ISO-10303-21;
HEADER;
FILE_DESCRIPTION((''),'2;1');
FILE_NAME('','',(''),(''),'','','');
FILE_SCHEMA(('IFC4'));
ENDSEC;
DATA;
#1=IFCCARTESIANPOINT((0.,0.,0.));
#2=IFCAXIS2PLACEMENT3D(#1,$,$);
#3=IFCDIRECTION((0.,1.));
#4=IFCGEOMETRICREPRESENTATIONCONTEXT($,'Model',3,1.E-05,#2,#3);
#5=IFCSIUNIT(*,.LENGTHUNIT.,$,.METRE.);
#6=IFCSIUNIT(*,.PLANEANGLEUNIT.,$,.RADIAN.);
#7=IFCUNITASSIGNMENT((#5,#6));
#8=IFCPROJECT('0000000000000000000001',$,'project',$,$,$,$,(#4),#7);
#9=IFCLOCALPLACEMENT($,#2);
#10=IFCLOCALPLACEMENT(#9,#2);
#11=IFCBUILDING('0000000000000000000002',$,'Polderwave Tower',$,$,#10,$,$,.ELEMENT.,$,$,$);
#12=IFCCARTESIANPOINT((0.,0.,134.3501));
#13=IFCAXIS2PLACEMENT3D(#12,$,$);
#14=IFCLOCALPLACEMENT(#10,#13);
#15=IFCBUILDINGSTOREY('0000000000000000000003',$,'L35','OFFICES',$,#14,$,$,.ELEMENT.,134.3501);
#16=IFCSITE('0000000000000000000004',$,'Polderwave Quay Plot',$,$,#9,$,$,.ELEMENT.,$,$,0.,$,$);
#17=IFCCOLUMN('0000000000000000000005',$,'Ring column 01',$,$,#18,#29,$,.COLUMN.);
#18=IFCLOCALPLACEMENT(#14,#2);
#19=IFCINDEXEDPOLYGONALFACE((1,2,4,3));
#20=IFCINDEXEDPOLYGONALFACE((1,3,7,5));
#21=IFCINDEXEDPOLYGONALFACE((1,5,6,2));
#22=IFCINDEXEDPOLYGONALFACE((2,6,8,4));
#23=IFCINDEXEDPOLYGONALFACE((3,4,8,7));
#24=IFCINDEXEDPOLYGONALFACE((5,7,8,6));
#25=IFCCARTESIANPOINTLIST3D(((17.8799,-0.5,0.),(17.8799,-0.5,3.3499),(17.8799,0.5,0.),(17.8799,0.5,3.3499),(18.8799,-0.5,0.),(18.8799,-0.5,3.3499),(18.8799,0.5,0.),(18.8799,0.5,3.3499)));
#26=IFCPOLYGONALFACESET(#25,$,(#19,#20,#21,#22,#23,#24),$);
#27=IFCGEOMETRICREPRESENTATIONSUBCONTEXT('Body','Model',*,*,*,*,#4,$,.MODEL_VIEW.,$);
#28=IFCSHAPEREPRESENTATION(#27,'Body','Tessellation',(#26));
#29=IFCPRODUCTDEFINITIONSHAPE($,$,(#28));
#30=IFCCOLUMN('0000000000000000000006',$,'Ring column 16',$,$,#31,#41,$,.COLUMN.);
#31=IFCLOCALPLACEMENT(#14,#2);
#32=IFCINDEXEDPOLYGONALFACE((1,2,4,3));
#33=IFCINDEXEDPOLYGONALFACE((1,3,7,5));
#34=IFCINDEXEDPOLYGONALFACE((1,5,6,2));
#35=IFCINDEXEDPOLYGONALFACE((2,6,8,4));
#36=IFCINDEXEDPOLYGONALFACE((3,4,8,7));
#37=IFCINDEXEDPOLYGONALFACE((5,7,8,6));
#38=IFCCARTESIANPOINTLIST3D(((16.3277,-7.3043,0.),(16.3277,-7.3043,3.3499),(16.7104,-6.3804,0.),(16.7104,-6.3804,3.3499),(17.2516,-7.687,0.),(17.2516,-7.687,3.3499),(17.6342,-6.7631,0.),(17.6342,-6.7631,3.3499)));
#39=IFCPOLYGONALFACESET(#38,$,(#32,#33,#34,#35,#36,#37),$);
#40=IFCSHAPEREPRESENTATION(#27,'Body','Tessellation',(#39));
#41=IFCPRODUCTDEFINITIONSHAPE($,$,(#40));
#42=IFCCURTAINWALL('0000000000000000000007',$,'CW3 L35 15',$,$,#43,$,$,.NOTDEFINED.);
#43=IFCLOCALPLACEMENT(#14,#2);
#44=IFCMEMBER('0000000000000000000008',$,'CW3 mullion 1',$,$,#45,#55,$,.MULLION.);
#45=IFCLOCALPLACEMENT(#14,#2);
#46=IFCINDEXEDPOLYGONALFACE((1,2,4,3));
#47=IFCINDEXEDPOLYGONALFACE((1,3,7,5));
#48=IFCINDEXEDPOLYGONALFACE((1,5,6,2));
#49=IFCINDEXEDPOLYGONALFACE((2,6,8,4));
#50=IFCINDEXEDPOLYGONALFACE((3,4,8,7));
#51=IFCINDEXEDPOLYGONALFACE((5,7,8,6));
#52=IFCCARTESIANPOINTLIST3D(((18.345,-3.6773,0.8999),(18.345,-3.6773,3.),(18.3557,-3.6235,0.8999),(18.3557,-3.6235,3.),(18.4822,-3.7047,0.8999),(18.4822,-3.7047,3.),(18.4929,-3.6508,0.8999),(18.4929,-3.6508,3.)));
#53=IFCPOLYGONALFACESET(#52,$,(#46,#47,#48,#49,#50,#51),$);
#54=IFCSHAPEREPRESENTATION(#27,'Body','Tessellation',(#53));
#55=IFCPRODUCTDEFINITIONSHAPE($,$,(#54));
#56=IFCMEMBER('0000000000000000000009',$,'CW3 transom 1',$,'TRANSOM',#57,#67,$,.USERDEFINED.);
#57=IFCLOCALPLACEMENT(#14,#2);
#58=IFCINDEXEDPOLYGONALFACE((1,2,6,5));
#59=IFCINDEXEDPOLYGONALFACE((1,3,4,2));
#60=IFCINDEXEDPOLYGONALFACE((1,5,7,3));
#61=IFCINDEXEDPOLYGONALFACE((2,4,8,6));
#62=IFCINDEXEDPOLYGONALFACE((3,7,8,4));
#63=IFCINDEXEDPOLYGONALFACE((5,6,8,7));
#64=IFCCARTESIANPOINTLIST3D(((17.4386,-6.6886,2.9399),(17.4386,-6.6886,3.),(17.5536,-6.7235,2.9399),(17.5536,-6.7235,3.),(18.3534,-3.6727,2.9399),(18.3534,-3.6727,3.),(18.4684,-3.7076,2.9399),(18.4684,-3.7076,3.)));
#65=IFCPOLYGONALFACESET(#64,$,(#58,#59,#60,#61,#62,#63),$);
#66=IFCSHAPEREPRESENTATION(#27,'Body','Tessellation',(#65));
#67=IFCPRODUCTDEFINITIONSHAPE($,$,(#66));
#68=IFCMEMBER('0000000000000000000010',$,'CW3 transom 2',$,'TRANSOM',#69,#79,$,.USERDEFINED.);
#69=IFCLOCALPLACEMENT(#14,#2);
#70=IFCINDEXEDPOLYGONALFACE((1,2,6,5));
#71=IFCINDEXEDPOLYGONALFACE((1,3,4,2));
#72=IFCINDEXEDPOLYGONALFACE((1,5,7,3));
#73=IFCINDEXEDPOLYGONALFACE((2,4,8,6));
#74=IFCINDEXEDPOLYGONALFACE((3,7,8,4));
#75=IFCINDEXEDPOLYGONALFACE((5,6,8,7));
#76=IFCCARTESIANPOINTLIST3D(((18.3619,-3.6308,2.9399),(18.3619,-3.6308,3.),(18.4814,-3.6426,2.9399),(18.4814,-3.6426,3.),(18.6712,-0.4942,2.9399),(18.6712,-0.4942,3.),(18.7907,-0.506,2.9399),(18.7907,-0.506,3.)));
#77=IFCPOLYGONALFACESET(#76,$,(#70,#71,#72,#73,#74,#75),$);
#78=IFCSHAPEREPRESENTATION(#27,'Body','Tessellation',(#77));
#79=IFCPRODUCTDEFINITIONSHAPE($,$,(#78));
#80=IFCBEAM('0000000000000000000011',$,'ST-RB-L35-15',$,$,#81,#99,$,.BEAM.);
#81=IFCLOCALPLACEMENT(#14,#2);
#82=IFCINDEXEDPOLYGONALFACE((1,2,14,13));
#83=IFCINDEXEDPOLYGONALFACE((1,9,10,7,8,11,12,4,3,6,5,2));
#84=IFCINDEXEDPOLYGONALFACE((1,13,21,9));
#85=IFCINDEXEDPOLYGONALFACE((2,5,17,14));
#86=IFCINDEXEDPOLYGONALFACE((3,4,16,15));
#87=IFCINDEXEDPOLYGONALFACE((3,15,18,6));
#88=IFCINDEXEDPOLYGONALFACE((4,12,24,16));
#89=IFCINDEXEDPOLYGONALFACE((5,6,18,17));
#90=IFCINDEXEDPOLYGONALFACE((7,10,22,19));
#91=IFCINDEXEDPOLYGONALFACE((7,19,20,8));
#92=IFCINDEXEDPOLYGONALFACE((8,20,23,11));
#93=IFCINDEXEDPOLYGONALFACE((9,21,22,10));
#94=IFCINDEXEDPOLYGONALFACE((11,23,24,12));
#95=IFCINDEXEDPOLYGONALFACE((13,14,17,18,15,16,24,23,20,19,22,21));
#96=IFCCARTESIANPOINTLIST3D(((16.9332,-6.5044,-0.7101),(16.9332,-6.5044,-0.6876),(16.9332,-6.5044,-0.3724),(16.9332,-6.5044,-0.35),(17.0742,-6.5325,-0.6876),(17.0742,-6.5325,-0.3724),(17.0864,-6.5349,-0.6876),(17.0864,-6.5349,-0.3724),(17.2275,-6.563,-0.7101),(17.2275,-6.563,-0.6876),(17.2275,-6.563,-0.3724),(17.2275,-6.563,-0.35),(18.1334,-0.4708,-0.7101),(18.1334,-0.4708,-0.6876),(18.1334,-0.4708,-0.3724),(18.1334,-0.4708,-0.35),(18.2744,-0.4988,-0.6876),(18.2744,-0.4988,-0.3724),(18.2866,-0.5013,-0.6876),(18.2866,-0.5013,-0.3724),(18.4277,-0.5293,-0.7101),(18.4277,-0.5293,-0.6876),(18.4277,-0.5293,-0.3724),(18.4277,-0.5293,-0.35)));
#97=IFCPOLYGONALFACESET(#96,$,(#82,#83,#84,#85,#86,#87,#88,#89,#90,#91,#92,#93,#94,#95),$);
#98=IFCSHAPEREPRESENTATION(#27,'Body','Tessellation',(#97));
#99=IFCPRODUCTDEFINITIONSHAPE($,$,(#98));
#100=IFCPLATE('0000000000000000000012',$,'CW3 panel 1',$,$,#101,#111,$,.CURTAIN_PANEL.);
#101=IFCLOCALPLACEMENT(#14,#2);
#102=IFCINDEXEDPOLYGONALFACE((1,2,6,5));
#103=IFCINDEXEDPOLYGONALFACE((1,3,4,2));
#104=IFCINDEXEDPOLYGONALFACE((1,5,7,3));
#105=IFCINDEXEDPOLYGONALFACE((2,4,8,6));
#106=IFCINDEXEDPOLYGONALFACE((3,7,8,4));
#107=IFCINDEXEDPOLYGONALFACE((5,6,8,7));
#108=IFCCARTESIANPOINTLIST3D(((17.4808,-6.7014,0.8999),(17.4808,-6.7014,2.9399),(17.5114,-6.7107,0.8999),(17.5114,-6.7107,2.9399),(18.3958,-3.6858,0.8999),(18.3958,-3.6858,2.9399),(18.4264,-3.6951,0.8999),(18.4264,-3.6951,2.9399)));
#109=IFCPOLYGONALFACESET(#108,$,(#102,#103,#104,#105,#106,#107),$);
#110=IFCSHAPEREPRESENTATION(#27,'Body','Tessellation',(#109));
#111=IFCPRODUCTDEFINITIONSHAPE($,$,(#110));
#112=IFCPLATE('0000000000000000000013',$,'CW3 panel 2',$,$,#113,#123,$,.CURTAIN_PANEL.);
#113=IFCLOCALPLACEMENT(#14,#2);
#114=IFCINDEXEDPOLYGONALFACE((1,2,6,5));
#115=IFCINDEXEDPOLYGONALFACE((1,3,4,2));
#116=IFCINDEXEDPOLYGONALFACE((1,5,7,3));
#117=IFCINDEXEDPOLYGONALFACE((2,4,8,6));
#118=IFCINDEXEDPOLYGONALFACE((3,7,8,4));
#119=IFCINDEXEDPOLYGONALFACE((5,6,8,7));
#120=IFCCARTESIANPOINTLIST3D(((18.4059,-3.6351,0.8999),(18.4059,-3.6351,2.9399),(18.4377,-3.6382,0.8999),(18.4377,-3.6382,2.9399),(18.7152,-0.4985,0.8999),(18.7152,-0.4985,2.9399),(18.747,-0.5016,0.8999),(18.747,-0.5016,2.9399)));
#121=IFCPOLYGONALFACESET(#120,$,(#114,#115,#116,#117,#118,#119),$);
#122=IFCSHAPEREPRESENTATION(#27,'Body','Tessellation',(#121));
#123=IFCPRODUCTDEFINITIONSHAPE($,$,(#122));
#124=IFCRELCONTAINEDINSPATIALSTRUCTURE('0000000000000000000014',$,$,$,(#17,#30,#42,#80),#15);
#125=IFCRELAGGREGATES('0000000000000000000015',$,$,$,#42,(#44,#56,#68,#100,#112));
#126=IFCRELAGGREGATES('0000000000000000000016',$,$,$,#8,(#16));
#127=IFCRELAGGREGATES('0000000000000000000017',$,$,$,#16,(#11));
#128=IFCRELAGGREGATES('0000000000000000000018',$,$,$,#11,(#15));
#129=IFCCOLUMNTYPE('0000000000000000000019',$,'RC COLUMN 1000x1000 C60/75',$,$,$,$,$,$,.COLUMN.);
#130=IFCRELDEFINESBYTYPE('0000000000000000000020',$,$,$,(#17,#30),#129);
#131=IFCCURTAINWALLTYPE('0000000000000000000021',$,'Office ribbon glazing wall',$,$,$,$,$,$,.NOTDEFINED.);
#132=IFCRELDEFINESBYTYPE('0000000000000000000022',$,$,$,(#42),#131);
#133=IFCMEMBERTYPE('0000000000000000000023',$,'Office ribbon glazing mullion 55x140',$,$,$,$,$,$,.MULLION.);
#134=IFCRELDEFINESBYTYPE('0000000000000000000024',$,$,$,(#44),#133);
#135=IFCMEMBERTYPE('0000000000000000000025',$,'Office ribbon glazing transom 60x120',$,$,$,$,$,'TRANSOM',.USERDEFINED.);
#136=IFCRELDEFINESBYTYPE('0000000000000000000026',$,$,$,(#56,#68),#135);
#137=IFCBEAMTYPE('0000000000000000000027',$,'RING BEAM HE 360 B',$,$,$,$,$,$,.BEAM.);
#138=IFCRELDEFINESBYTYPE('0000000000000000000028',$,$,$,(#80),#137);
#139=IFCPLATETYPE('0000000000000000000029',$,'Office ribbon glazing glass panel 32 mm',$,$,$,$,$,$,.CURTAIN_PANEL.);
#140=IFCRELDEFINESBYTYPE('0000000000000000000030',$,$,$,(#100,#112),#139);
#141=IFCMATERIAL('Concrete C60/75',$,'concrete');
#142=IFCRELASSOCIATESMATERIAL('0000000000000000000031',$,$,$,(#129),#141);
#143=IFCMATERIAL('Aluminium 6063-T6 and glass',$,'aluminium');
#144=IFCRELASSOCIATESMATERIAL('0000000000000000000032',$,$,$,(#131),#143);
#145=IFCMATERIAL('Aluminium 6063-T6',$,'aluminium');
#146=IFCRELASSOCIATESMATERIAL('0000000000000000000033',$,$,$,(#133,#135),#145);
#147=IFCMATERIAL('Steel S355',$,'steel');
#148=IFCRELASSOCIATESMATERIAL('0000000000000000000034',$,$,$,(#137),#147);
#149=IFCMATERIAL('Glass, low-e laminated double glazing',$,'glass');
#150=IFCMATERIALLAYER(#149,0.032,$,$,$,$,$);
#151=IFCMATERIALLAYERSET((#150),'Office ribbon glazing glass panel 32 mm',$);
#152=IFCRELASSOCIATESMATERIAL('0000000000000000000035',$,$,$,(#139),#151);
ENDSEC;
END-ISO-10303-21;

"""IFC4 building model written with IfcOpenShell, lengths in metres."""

from ifc_helpers import new_model, si_unit, direction, frame, origin, origin_2d, place, context, subcontext, project, spatial, rectangle, i_section, extrude, material, layer, layer_set, material_profile, profile_set, type_object, element, aggregate, save


model = new_model("IFC4")

# Units and contexts
model_context = context("Model", 3, precision=1e-05, world=origin(), true_north=direction((0.0, 1.0)))
body_context = subcontext(model_context, "Body", "Model", "MODEL_VIEW")
ifc_project = project(units=[si_unit("LENGTHUNIT", "METRE"), si_unit("PLANEANGLEUNIT", "RADIAN")], contexts=[model_context])

# Site, building, storey
site_placement = place(None, origin())
site = spatial("IfcSite", under=ifc_project, at=site_placement, Name="Polderwave Quay Plot", CompositionType="ELEMENT", RefElevation=0.0)
building_placement = place(site_placement, origin())
building = spatial("IfcBuilding", under=site, at=building_placement, Name="Polderwave Tower", CompositionType="ELEMENT")
storey_placement = place(building_placement, frame((0.0, 0.0, 134.3501)))
storey = spatial("IfcBuildingStorey", under=building, at=storey_placement, Name="L35", Description="OFFICES", CompositionType="ELEMENT", Elevation=134.3501)

# Columns
ifc_material_1 = material(Name="Concrete C60/75", Category="concrete")
ifc_material_profile_1 = material_profile(ifc_material_1, rectangle(XDim=1.0, YDim=1.0, at=origin_2d()), Name="RC 1000x1000")
ifc_profile_set_1 = profile_set([ifc_material_profile_1], Name="Concrete C60/75")
column_type = type_object("IfcColumnType", Name="RC COLUMN 1000x1000 C60/75", PredefinedType="COLUMN", material=ifc_profile_set_1)
for number, where, z_axis, x_axis, name in (
    (1, (18.3799, 0.0, 0.0), (0.0, 0.0, 1.0), (1.0, 0.0, 0.0), "Ring column 01"),
    (2, (16.981, -7.0337, 0.0), (0.0, 0.0, 1.0), (0.92388, -0.382683, 0.0), "Ring column 16"),
):
    element("IfcColumn", number, at=place(storey_placement, frame(where, z_axis=z_axis, x_axis=x_axis)), inside=storey, type_object=column_type, Name=name, PredefinedType="COLUMN", context=body_context, shape_type="SweptSolid", body=[
        extrude(rectangle(XDim=1.0, YDim=1.0, at=origin_2d()), origin(), (0.0, 0.0, 1.0), 3.3499),
    ])

# Curtain wall, members
ifc_material_2 = material(Name="Aluminium 6063-T6 and glass", Category="aluminium")
curtain_wall_type = type_object("IfcCurtainWallType", Name="Office ribbon glazing wall", PredefinedType="NOTDEFINED", material=ifc_material_2)
curtain_wall_placement = place(storey_placement, origin())
curtain_wall = element("IfcCurtainWall", 3, at=curtain_wall_placement, inside=storey, type_object=curtain_wall_type, Name="CW3 L35 15", PredefinedType="NOTDEFINED")
ifc_material_3 = material(Name="Aluminium 6063-T6", Category="aluminium")
ifc_material_profile_2 = material_profile(ifc_material_3, rectangle(XDim=0.1399, YDim=0.0549, at=origin_2d()), Name="AL 55x140")
ifc_profile_set_2 = profile_set([ifc_material_profile_2], Name="Aluminium 6063-T6")
member_type_1 = type_object("IfcMemberType", Name="Office ribbon glazing mullion 55x140", PredefinedType="MULLION", material=ifc_profile_set_2)
member_1_placement = place(storey_placement, frame((18.4189, -3.6641, 0.8999), z_axis=(0.0, 0.0, 1.0), x_axis=(-0.980768, 0.195179, 0.0)))
member_1 = element("IfcMember", 4, at=member_1_placement, type_object=member_type_1, Name="CW3 mullion 1", PredefinedType="MULLION", context=body_context, shape_type="SweptSolid", body=[
    extrude(rectangle(XDim=0.1399, YDim=0.0549, at=origin_2d()), origin(), (0.0, 0.0, 1.0), 2.1001),
])
ifc_material_profile_3 = material_profile(ifc_material_3, rectangle(XDim=0.1201, YDim=0.0601, at=origin_2d()), Name="AL 60x120")
ifc_profile_set_3 = profile_set([ifc_material_profile_3], Name="Aluminium 6063-T6")
member_type_2 = type_object("IfcMemberType", Name="Office ribbon glazing transom 60x120", ElementType="TRANSOM", PredefinedType="USERDEFINED", material=ifc_profile_set_3)
member_2_placement = place(storey_placement, frame((17.4961, -6.7061, 2.97), z_axis=(0.290268, 0.956946, 0.0), x_axis=(-0.956946, 0.290268, 0.0)))
member_2 = element("IfcMember", 5, at=member_2_placement, type_object=member_type_2, Name="CW3 transom 1", ObjectType="TRANSOM", PredefinedType="USERDEFINED", context=body_context, shape_type="SweptSolid", body=[
    extrude(rectangle(XDim=0.1201, YDim=0.0601, at=origin_2d()), origin(), (0.0, 0.0, 1.0), 3.1516),
])
member_3_placement = place(storey_placement, frame((18.4216, -3.6367, 2.97), z_axis=(0.098139, 0.995173, 0.0), x_axis=(-0.995173, 0.098139, 0.0)))
member_3 = element("IfcMember", 6, at=member_3_placement, type_object=member_type_2, Name="CW3 transom 2", ObjectType="TRANSOM", PredefinedType="USERDEFINED", context=body_context, shape_type="SweptSolid", body=[
    extrude(rectangle(XDim=0.1201, YDim=0.0601, at=origin_2d()), origin(), (0.0, 0.0, 1.0), 3.1519),
])

# Beam
ifc_material_4 = material(Name="Steel S355", Category="steel")
ifc_material_profile_4 = material_profile(ifc_material_4, i_section(OverallWidth=0.3, OverallDepth=0.3601, WebThickness=0.0125, FlangeThickness=0.0225, at=origin_2d()), Name="HE 360 B")
ifc_profile_set_4 = profile_set([ifc_material_profile_4], Name="Steel S355")
beam_type = type_object("IfcBeamType", Name="RING BEAM HE 360 B", PredefinedType="BEAM", material=ifc_profile_set_4)
beam_placement = place(storey_placement, frame((17.0803, -6.5337, -0.53), z_axis=(0.195093, 0.980785, 0.0), x_axis=(-0.980785, 0.195093, 0.0)))
element("IfcBeam", 7, at=beam_placement, inside=storey, type_object=beam_type, Name="ST-RB-L35-15", PredefinedType="BEAM", context=body_context, shape_type="SweptSolid", body=[
    extrude(i_section(OverallWidth=0.3, OverallDepth=0.3601, WebThickness=0.0125, FlangeThickness=0.0225, at=origin_2d()), origin(), (0.0, 0.0, 1.0), 6.1519),
])

# Plates
ifc_material_5 = material(Name="Glass, low-e laminated double glazing", Category="glass")
ifc_layer_1 = layer(ifc_material_5, 0.032)
ifc_layer_set_1 = layer_set([ifc_layer_1], Name="Office ribbon glazing glass panel 32 mm")
plate_type = type_object("IfcPlateType", Name="Office ribbon glazing glass panel 32 mm", PredefinedType="CURTAIN_PANEL", material=ifc_layer_set_1)
plate_1_placement = place(storey_placement, frame((17.9536, -5.1982, 0.8999), z_axis=(0.0, 0.0, 1.0), x_axis=(0.290348, 0.956921, 0.0)))
plate_1 = element("IfcPlate", 8, at=plate_1_placement, type_object=plate_type, Name="CW3 panel 1", PredefinedType="CURTAIN_PANEL", context=body_context, shape_type="SweptSolid", body=[
    extrude(rectangle(XDim=3.1514, YDim=0.032, at=origin_2d()), origin(), (0.0, 0.0, 1.0), 2.04),
])
plate_2_placement = place(storey_placement, frame((18.5764, -2.0684, 0.8999), z_axis=(0.0, 0.0, 1.0), x_axis=(0.098134, 0.995173, 0.0)))
plate_2 = element("IfcPlate", 9, at=plate_2_placement, type_object=plate_type, Name="CW3 panel 2", PredefinedType="CURTAIN_PANEL", context=body_context, shape_type="SweptSolid", body=[
    extrude(rectangle(XDim=3.1519, YDim=0.032, at=origin_2d()), origin(), (0.0, 0.0, 1.0), 2.04),
])
aggregate(curtain_wall, [member_1, member_2, member_3, plate_1, plate_2])

save(model, "model.ifc")
